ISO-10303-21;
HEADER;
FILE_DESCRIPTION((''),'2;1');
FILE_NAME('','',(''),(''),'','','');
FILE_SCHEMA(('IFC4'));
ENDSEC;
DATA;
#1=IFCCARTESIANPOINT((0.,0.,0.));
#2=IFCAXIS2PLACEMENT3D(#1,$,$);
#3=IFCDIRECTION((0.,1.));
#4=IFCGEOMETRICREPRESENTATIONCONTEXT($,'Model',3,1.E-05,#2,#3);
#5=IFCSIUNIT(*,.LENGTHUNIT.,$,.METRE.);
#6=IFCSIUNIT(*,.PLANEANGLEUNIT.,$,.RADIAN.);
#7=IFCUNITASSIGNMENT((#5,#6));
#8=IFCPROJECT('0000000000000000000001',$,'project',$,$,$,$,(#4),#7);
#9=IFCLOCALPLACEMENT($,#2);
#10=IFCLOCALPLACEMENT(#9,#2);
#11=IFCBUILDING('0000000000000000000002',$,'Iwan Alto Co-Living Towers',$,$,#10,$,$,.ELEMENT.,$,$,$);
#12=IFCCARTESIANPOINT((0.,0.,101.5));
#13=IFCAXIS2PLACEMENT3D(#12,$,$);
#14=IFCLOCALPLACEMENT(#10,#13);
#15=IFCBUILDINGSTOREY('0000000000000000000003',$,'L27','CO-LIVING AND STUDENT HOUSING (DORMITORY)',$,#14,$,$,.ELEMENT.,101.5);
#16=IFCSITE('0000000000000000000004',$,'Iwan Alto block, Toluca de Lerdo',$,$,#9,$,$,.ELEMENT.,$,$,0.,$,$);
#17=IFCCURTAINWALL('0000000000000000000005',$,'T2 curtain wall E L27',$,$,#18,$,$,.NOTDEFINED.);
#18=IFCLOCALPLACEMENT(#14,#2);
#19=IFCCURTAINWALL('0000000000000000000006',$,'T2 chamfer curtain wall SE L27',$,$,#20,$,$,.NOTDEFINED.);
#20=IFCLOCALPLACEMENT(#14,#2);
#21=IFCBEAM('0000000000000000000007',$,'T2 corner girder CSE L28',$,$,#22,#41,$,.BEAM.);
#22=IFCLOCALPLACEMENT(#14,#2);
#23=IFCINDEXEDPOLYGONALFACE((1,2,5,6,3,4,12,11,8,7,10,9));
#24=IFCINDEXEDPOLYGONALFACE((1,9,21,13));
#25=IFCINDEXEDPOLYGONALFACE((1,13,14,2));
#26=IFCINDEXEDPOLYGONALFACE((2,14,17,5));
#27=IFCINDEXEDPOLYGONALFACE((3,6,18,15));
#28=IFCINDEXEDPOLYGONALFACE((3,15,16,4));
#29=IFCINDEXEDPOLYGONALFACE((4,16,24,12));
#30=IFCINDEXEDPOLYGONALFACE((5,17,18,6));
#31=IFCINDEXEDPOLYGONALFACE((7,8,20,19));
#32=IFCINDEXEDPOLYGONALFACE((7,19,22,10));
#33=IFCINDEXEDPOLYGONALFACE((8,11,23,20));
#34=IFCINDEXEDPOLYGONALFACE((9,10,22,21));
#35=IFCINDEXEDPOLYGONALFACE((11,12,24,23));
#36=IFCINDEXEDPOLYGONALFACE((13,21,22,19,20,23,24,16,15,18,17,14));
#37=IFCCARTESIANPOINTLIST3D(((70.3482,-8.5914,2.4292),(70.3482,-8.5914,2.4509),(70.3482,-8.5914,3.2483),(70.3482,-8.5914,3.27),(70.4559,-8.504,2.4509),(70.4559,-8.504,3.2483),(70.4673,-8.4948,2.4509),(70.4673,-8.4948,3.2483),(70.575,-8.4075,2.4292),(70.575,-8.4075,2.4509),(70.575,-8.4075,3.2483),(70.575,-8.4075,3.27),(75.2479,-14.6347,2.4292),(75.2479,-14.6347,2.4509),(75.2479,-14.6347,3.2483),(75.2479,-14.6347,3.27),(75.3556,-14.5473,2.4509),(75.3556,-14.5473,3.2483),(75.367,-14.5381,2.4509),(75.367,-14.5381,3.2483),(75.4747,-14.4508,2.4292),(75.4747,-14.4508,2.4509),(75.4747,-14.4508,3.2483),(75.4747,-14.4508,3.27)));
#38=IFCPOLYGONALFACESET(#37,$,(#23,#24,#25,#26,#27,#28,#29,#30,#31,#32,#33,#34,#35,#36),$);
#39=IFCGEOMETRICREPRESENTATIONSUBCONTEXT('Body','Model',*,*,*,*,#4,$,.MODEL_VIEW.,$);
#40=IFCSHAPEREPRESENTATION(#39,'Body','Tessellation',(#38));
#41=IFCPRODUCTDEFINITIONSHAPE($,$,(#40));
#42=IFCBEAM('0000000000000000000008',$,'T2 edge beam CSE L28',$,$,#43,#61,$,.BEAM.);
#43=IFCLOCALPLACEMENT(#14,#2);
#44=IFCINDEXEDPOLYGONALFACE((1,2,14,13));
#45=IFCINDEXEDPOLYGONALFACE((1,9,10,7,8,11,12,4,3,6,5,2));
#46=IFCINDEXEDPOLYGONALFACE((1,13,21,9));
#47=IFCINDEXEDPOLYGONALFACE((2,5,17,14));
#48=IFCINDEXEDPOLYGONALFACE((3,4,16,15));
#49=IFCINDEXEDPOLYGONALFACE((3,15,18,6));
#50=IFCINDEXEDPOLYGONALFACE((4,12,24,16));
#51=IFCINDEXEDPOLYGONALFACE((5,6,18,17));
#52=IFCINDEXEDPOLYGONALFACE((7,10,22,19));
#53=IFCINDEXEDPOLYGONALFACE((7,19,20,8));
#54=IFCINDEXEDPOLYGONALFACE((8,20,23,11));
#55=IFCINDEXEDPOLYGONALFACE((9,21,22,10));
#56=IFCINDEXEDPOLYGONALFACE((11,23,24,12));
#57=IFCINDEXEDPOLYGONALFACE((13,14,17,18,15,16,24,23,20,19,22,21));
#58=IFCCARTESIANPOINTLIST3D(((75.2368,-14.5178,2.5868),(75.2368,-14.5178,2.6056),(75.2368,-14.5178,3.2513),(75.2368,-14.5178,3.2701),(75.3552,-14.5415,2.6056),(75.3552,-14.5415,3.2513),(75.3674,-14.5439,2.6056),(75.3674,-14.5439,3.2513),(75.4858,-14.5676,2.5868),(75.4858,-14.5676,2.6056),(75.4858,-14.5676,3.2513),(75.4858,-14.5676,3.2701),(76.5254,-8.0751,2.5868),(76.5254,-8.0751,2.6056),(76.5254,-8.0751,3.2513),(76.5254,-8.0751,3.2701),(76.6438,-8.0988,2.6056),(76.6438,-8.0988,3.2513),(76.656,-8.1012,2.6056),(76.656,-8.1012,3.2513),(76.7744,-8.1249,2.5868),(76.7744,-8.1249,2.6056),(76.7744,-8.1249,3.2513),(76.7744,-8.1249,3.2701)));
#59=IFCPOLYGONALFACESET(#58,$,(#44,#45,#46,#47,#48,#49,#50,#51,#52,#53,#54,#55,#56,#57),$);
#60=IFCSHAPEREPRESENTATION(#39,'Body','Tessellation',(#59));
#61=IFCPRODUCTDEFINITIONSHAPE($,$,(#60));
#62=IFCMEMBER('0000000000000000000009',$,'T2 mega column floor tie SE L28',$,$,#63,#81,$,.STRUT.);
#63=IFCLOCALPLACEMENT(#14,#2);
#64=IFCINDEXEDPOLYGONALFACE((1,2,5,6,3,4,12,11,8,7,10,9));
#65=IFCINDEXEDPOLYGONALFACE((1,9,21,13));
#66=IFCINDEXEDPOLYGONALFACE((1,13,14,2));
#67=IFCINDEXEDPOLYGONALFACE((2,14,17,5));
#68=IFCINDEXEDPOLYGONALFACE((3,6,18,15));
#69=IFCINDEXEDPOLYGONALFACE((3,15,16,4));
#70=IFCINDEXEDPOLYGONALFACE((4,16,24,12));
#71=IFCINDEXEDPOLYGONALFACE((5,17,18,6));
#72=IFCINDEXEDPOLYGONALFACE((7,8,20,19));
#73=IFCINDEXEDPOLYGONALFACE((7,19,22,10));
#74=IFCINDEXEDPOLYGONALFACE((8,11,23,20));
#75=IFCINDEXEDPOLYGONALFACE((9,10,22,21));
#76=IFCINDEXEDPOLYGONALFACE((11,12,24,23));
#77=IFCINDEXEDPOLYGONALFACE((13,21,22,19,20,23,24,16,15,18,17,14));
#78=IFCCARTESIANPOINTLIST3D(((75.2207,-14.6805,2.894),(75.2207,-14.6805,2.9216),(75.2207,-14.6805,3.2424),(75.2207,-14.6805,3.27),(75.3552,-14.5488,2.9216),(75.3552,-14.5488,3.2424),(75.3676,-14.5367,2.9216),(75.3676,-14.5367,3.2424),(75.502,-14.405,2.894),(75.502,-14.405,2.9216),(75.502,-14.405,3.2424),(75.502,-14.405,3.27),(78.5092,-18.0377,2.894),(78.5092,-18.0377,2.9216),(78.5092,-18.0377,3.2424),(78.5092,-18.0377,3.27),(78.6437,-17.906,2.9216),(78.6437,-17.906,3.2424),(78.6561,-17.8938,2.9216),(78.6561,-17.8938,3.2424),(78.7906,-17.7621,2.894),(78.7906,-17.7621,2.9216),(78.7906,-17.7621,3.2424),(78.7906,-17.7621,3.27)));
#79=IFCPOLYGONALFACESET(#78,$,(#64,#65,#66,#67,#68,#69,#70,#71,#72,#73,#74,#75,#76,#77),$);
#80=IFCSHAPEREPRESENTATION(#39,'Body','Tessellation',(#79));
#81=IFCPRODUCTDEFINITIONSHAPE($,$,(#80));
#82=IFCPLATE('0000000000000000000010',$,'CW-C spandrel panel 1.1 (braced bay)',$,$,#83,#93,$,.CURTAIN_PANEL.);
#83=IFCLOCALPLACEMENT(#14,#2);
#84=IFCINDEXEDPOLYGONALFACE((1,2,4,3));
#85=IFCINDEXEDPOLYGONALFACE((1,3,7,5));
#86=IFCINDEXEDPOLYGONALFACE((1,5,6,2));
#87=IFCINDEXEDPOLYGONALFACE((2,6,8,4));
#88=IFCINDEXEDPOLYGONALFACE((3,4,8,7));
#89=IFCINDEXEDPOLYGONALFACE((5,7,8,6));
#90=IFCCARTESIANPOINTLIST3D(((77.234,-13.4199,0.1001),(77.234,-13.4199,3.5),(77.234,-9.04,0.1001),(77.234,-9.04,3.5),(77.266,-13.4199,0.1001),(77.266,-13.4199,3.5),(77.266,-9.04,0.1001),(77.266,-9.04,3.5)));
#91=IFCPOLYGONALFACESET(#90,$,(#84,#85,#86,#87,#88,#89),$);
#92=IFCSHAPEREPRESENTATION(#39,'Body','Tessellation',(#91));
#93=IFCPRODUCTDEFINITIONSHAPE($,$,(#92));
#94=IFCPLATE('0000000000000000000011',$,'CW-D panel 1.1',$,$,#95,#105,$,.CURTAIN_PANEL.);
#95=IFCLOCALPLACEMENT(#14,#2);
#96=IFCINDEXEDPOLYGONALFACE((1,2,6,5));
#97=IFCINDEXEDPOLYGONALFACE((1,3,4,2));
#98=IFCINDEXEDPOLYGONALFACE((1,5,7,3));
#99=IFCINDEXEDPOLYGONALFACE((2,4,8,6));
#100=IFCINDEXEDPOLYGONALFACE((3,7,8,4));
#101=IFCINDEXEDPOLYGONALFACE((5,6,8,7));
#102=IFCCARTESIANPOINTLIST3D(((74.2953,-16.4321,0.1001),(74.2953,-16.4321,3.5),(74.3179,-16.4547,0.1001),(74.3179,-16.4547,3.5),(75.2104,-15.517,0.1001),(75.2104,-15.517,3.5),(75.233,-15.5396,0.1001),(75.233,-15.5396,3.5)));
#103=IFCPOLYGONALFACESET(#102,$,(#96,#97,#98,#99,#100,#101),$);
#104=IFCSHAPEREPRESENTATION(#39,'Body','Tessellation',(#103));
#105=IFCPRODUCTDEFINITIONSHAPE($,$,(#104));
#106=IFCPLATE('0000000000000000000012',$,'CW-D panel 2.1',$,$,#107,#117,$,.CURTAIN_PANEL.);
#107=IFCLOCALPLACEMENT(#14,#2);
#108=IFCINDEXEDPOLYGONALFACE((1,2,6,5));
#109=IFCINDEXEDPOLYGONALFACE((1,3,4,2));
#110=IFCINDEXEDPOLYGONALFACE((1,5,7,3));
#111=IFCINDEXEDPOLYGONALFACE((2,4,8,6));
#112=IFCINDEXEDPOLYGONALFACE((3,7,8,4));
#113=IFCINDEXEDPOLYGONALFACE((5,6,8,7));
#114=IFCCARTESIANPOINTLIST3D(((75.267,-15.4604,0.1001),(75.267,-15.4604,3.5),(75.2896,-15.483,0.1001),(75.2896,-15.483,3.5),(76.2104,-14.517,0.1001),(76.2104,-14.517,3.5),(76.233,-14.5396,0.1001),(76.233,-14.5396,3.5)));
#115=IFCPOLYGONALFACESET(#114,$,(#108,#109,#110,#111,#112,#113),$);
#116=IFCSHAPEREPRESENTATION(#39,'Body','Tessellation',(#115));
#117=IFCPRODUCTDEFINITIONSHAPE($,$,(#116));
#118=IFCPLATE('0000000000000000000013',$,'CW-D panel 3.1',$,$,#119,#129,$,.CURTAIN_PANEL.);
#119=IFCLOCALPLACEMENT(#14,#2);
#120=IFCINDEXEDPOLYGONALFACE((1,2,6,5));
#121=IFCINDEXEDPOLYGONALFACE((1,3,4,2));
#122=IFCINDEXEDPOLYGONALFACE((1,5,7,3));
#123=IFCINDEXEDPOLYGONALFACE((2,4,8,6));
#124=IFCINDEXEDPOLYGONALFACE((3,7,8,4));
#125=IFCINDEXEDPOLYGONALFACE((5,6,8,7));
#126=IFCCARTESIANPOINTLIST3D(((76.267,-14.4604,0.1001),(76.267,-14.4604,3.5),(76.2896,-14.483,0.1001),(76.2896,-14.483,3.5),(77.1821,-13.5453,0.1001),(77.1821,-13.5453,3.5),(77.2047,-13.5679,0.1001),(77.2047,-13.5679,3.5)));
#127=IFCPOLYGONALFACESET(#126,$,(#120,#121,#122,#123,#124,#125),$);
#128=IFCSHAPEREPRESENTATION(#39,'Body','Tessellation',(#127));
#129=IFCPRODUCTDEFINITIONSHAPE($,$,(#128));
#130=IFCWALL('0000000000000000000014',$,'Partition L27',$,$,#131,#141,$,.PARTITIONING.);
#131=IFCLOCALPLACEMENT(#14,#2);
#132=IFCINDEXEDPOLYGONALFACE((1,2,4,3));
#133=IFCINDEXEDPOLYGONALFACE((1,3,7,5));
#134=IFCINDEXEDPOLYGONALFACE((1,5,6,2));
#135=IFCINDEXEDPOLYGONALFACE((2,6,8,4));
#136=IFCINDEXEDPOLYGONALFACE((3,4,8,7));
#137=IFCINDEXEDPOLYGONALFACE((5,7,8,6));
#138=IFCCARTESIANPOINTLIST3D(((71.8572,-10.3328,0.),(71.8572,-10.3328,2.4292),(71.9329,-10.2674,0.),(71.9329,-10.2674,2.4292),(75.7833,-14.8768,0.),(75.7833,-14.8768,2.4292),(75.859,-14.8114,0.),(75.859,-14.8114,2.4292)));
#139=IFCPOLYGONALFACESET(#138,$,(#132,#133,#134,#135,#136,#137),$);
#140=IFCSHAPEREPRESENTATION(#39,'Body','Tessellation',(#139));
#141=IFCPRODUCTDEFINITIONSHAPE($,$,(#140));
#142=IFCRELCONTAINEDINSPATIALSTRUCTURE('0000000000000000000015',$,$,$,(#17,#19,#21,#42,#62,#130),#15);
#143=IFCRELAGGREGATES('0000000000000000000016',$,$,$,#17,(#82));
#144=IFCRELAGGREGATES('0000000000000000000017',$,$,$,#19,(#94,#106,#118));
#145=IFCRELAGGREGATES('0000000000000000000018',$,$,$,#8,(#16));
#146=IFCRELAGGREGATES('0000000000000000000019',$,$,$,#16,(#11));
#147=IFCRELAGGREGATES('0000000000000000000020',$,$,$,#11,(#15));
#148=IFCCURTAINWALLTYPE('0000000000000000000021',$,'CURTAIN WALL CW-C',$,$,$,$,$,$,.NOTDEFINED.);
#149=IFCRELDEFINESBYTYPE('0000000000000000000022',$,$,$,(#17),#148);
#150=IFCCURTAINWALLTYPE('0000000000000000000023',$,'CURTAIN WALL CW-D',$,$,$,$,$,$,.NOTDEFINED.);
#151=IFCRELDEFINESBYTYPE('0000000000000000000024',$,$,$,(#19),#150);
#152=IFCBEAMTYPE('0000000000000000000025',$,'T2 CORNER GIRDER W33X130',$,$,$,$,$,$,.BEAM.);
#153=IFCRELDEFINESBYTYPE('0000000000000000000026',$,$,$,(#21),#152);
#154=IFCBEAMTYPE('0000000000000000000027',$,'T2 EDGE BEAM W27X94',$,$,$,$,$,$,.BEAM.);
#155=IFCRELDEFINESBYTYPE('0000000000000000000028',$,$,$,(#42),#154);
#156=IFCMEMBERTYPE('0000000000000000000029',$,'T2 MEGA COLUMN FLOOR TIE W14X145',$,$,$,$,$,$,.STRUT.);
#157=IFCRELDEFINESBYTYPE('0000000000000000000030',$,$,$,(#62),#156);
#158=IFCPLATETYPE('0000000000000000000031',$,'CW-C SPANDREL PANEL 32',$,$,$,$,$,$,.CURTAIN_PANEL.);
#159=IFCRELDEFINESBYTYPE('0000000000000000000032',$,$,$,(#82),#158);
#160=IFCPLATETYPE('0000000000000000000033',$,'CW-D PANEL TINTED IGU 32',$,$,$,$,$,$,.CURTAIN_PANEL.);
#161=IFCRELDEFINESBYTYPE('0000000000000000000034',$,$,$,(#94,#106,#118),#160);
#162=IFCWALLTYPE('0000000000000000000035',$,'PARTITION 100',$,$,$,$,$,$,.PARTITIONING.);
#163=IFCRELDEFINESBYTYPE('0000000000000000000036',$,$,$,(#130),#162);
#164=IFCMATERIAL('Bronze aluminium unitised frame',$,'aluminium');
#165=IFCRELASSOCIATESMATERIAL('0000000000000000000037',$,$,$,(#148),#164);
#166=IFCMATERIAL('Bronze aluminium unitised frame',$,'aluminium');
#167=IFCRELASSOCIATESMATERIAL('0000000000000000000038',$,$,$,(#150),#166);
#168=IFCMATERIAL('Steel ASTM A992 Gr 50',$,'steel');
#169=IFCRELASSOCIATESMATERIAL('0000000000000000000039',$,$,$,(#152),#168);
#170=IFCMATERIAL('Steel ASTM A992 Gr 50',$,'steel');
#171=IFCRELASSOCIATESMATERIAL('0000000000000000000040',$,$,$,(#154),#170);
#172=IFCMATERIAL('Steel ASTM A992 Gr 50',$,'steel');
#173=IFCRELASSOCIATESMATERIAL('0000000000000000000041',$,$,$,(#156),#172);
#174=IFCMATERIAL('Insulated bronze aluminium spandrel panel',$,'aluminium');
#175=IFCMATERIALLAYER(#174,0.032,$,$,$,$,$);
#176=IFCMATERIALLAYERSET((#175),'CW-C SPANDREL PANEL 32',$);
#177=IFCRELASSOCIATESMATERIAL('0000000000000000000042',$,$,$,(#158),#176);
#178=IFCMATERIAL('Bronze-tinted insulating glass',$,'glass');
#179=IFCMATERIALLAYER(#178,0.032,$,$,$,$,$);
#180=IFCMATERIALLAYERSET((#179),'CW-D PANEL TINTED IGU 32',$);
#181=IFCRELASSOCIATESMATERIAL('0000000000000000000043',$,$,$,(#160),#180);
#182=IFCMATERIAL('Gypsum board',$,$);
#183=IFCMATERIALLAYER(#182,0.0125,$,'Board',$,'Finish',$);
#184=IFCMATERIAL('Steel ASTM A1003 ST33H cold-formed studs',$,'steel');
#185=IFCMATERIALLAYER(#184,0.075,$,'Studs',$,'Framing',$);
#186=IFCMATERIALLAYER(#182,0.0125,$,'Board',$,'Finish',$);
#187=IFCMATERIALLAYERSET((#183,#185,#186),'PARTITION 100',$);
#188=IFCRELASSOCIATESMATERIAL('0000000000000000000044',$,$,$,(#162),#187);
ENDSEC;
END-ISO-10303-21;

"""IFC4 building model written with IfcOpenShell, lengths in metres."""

from ifc_helpers import new_model, si_unit, direction, frame, frame_2d, origin, origin_2d, place, context, subcontext, project, spatial, rectangle, i_section, extrude, material, layer, layer_set, material_profile, profile_set, type_object, element, aggregate, save


model = new_model("IFC4")

# Units and contexts
model_context = context("Model", 3, precision=1e-05, world=origin(), true_north=direction((0.0, 1.0)))
body_context = subcontext(model_context, "Body", "Model", "MODEL_VIEW")
ifc_project = project(units=[si_unit("LENGTHUNIT", "METRE"), si_unit("PLANEANGLEUNIT", "RADIAN")], contexts=[model_context])

# Site, building, storey
site_placement = place(None, origin())
site = spatial("IfcSite", under=ifc_project, at=site_placement, Name="Iwan Alto block, Toluca de Lerdo", CompositionType="ELEMENT", RefElevation=0.0)
building_placement = place(site_placement, origin())
building = spatial("IfcBuilding", under=site, at=building_placement, Name="Iwan Alto Co-Living Towers", CompositionType="ELEMENT")
storey_placement = place(building_placement, frame((0.0, 0.0, 101.5)))
storey = spatial("IfcBuildingStorey", under=building, at=storey_placement, Name="L27", Description="CO-LIVING AND STUDENT HOUSING (DORMITORY)", CompositionType="ELEMENT", Elevation=101.5)

# Shared definitions
ifc_material_1 = material(Name="Bronze aluminium unitised frame", Category="aluminium")
curtain_wall_type_1 = type_object("IfcCurtainWallType", Name="CURTAIN WALL CW-C", PredefinedType="NOTDEFINED", material=ifc_material_1)

# Curtain walls
curtain_wall_1_placement = place(storey_placement, origin())
curtain_wall_1 = element("IfcCurtainWall", 1, at=curtain_wall_1_placement, inside=storey, type_object=curtain_wall_type_1, Name="T2 curtain wall E L27", PredefinedType="NOTDEFINED")
ifc_material_2 = material(Name="Bronze aluminium unitised frame", Category="aluminium")
curtain_wall_type_2 = type_object("IfcCurtainWallType", Name="CURTAIN WALL CW-D", PredefinedType="NOTDEFINED", material=ifc_material_2)
curtain_wall_2_placement = place(storey_placement, origin())
curtain_wall_2 = element("IfcCurtainWall", 2, at=curtain_wall_2_placement, inside=storey, type_object=curtain_wall_type_2, Name="T2 chamfer curtain wall SE L27", PredefinedType="NOTDEFINED")

# Beams
ifc_material_3 = material(Name="Steel ASTM A992 Gr 50", Category="steel")
ifc_material_profile_1 = material_profile(ifc_material_3, i_section(OverallWidth=0.292, OverallDepth=0.8408, WebThickness=0.0146, FlangeThickness=0.0217, at=origin_2d()), Name="W33X130")
ifc_profile_set_1 = profile_set([ifc_material_profile_1], Name="Steel ASTM A992 Gr 50")
beam_type_1 = type_object("IfcBeamType", Name="T2 CORNER GIRDER W33X130", PredefinedType="BEAM", material=ifc_profile_set_1)
beam_1_placement = place(storey_placement, frame((75.3613, -14.5427, 2.8496), z_axis=(-0.629783, 0.776771, 0.0), x_axis=(-0.776771, -0.629783, 0.0)))
element("IfcBeam", 3, at=beam_1_placement, inside=storey, type_object=beam_type_1, Name="T2 corner girder CSE L28", PredefinedType="BEAM", context=body_context, shape_type="SweptSolid", body=[
    extrude(i_section(OverallWidth=0.292, OverallDepth=0.8408, WebThickness=0.0146, FlangeThickness=0.0217, at=origin_2d()), origin(), (0.0, 0.0, 1.0), 7.78),
])
ifc_material_4 = material(Name="Steel ASTM A992 Gr 50", Category="steel")
ifc_material_profile_2 = material_profile(ifc_material_4, i_section(OverallWidth=0.2539, OverallDepth=0.6833, WebThickness=0.0125, FlangeThickness=0.0188, at=origin_2d()), Name="W27X94")
ifc_profile_set_2 = profile_set([ifc_material_profile_2], Name="Steel ASTM A992 Gr 50")
beam_type_2 = type_object("IfcBeamType", Name="T2 EDGE BEAM W27X94", PredefinedType="BEAM", material=ifc_profile_set_2)
beam_2_placement = place(storey_placement, frame((75.3613, -14.5427, 2.9285), z_axis=(0.196123, 0.980579, 0.0), x_axis=(-0.980579, 0.196123, 0.0)))
element("IfcBeam", 4, at=beam_2_placement, inside=storey, type_object=beam_type_2, Name="T2 edge beam CSE L28", PredefinedType="BEAM", context=body_context, shape_type="SweptSolid", body=[
    extrude(i_section(OverallWidth=0.2539, OverallDepth=0.6833, WebThickness=0.0125, FlangeThickness=0.0188, at=origin_2d()), origin(), (0.0, 0.0, 1.0), 6.5703),
])

# Member
ifc_material_5 = material(Name="Steel ASTM A992 Gr 50", Category="steel")
ifc_material_profile_3 = material_profile(ifc_material_5, i_section(OverallWidth=0.3938, OverallDepth=0.376, WebThickness=0.0173, FlangeThickness=0.0276, at=origin_2d()), Name="W14X145")
ifc_profile_set_3 = profile_set([ifc_material_profile_3], Name="Steel ASTM A992 Gr 50")
member_type_1 = type_object("IfcMemberType", Name="T2 MEGA COLUMN FLOOR TIE W14X145", PredefinedType="STRUT", material=ifc_profile_set_3)
member_1_placement = place(storey_placement, frame((78.6499, -17.8999, 3.082), z_axis=(-0.69977, 0.714368, 0.0), x_axis=(-0.714368, -0.69977, 0.0)))
element("IfcMember", 5, at=member_1_placement, inside=storey, type_object=member_type_1, Name="T2 mega column floor tie SE L28", PredefinedType="STRUT", context=body_context, shape_type="SweptSolid", body=[
    extrude(i_section(OverallWidth=0.3938, OverallDepth=0.376, WebThickness=0.0173, FlangeThickness=0.0276, at=origin_2d()), origin(), (0.0, 0.0, 1.0), 4.6995),
])

# Plates
ifc_material_6 = material(Name="Insulated bronze aluminium spandrel panel", Category="aluminium")
ifc_layer_1 = layer(ifc_material_6, 0.032)
ifc_layer_set_1 = layer_set([ifc_layer_1], Name="CW-C SPANDREL PANEL 32")
plate_type_1 = type_object("IfcPlateType", Name="CW-C SPANDREL PANEL 32", PredefinedType="CURTAIN_PANEL", material=ifc_layer_set_1)
plate_1_placement = place(storey_placement, frame((77.25, -11.23, 0.1001), z_axis=(0.0, 0.0, 1.0), x_axis=(0.0, 1.0, 0.0)))
plate_1 = element("IfcPlate", 6, at=plate_1_placement, type_object=plate_type_1, Name="CW-C spandrel panel 1.1 (braced bay)", PredefinedType="CURTAIN_PANEL", context=body_context, shape_type="SweptSolid", body=[
    extrude(rectangle(XDim=4.3799, YDim=0.032, at=origin_2d()), origin(), (0.0, 0.0, 1.0), 3.3999),
])
aggregate(curtain_wall_1, [plate_1])
ifc_material_7 = material(Name="Bronze-tinted insulating glass", Category="glass")
ifc_layer_2 = layer(ifc_material_7, 0.032)
ifc_layer_set_2 = layer_set([ifc_layer_2], Name="CW-D PANEL TINTED IGU 32")
plate_type_2 = type_object("IfcPlateType", Name="CW-D PANEL TINTED IGU 32", PredefinedType="CURTAIN_PANEL", material=ifc_layer_set_2)
plate_2_placement = place(storey_placement, frame((74.7642, -15.9858, 0.1001), z_axis=(0.0, 0.0, 1.0), x_axis=(0.707107, 0.707107, 0.0)))
plate_2 = element("IfcPlate", 7, at=plate_2_placement, type_object=plate_type_2, Name="CW-D panel 1.1", PredefinedType="CURTAIN_PANEL", context=body_context, shape_type="SweptSolid", body=[
    extrude(rectangle(XDim=1.2942, YDim=0.032, at=origin_2d()), origin(), (0.0, 0.0, 1.0), 3.3999),
])
plate_3_placement = place(storey_placement, frame((75.75, -15.0, 0.1001), z_axis=(0.0, 0.0, 1.0), x_axis=(0.707107, 0.707107, 0.0)))
plate_3 = element("IfcPlate", 8, at=plate_3_placement, type_object=plate_type_2, Name="CW-D panel 2.1", PredefinedType="CURTAIN_PANEL", context=body_context, shape_type="SweptSolid", body=[
    extrude(rectangle(XDim=1.3342, YDim=0.032, at=origin_2d()), origin(), (0.0, 0.0, 1.0), 3.3999),
])
plate_4_placement = place(storey_placement, frame((76.7358, -14.0142, 0.1001), z_axis=(0.0, 0.0, 1.0), x_axis=(0.707107, 0.707107, 0.0)))
plate_4 = element("IfcPlate", 9, at=plate_4_placement, type_object=plate_type_2, Name="CW-D panel 3.1", PredefinedType="CURTAIN_PANEL", context=body_context, shape_type="SweptSolid", body=[
    extrude(rectangle(XDim=1.2942, YDim=0.032, at=origin_2d()), origin(), (0.0, 0.0, 1.0), 3.3999),
])
aggregate(curtain_wall_2, [plate_2, plate_3, plate_4])

# Wall
ifc_material_8 = material(Name="Gypsum board")
ifc_layer_3 = layer(ifc_material_8, 0.0125, Name="Board", Category="Finish")
ifc_material_9 = material(Name="Steel ASTM A1003 ST33H cold-formed studs", Category="steel")
ifc_layer_4 = layer(ifc_material_9, 0.075, Name="Studs", Category="Framing")
ifc_layer_5 = layer(ifc_material_8, 0.0125, Name="Board", Category="Finish")
ifc_layer_set_3 = layer_set([ifc_layer_3, ifc_layer_4, ifc_layer_5], Name="PARTITION 100")
wall_type = type_object("IfcWallType", Name="PARTITION 100", PredefinedType="PARTITIONING", material=ifc_layer_set_3)
wall_placement = place(storey_placement, frame((75.821, -14.844, 0.0), z_axis=(0.0, 0.0, 1.0), x_axis=(-0.653783, 0.756682, 0.0)))
element("IfcWall", 10, at=wall_placement, inside=storey, type_object=wall_type, Name="Partition L27", PredefinedType="PARTITIONING", context=body_context, shape_type="SweptSolid", body=[
    extrude(rectangle(XDim=6.0051, YDim=0.1001, at=frame_2d((3.0024, 0.0))), origin(), (0.0, 0.0, 1.0), 2.4292),
])

save(model, "model.ifc")
